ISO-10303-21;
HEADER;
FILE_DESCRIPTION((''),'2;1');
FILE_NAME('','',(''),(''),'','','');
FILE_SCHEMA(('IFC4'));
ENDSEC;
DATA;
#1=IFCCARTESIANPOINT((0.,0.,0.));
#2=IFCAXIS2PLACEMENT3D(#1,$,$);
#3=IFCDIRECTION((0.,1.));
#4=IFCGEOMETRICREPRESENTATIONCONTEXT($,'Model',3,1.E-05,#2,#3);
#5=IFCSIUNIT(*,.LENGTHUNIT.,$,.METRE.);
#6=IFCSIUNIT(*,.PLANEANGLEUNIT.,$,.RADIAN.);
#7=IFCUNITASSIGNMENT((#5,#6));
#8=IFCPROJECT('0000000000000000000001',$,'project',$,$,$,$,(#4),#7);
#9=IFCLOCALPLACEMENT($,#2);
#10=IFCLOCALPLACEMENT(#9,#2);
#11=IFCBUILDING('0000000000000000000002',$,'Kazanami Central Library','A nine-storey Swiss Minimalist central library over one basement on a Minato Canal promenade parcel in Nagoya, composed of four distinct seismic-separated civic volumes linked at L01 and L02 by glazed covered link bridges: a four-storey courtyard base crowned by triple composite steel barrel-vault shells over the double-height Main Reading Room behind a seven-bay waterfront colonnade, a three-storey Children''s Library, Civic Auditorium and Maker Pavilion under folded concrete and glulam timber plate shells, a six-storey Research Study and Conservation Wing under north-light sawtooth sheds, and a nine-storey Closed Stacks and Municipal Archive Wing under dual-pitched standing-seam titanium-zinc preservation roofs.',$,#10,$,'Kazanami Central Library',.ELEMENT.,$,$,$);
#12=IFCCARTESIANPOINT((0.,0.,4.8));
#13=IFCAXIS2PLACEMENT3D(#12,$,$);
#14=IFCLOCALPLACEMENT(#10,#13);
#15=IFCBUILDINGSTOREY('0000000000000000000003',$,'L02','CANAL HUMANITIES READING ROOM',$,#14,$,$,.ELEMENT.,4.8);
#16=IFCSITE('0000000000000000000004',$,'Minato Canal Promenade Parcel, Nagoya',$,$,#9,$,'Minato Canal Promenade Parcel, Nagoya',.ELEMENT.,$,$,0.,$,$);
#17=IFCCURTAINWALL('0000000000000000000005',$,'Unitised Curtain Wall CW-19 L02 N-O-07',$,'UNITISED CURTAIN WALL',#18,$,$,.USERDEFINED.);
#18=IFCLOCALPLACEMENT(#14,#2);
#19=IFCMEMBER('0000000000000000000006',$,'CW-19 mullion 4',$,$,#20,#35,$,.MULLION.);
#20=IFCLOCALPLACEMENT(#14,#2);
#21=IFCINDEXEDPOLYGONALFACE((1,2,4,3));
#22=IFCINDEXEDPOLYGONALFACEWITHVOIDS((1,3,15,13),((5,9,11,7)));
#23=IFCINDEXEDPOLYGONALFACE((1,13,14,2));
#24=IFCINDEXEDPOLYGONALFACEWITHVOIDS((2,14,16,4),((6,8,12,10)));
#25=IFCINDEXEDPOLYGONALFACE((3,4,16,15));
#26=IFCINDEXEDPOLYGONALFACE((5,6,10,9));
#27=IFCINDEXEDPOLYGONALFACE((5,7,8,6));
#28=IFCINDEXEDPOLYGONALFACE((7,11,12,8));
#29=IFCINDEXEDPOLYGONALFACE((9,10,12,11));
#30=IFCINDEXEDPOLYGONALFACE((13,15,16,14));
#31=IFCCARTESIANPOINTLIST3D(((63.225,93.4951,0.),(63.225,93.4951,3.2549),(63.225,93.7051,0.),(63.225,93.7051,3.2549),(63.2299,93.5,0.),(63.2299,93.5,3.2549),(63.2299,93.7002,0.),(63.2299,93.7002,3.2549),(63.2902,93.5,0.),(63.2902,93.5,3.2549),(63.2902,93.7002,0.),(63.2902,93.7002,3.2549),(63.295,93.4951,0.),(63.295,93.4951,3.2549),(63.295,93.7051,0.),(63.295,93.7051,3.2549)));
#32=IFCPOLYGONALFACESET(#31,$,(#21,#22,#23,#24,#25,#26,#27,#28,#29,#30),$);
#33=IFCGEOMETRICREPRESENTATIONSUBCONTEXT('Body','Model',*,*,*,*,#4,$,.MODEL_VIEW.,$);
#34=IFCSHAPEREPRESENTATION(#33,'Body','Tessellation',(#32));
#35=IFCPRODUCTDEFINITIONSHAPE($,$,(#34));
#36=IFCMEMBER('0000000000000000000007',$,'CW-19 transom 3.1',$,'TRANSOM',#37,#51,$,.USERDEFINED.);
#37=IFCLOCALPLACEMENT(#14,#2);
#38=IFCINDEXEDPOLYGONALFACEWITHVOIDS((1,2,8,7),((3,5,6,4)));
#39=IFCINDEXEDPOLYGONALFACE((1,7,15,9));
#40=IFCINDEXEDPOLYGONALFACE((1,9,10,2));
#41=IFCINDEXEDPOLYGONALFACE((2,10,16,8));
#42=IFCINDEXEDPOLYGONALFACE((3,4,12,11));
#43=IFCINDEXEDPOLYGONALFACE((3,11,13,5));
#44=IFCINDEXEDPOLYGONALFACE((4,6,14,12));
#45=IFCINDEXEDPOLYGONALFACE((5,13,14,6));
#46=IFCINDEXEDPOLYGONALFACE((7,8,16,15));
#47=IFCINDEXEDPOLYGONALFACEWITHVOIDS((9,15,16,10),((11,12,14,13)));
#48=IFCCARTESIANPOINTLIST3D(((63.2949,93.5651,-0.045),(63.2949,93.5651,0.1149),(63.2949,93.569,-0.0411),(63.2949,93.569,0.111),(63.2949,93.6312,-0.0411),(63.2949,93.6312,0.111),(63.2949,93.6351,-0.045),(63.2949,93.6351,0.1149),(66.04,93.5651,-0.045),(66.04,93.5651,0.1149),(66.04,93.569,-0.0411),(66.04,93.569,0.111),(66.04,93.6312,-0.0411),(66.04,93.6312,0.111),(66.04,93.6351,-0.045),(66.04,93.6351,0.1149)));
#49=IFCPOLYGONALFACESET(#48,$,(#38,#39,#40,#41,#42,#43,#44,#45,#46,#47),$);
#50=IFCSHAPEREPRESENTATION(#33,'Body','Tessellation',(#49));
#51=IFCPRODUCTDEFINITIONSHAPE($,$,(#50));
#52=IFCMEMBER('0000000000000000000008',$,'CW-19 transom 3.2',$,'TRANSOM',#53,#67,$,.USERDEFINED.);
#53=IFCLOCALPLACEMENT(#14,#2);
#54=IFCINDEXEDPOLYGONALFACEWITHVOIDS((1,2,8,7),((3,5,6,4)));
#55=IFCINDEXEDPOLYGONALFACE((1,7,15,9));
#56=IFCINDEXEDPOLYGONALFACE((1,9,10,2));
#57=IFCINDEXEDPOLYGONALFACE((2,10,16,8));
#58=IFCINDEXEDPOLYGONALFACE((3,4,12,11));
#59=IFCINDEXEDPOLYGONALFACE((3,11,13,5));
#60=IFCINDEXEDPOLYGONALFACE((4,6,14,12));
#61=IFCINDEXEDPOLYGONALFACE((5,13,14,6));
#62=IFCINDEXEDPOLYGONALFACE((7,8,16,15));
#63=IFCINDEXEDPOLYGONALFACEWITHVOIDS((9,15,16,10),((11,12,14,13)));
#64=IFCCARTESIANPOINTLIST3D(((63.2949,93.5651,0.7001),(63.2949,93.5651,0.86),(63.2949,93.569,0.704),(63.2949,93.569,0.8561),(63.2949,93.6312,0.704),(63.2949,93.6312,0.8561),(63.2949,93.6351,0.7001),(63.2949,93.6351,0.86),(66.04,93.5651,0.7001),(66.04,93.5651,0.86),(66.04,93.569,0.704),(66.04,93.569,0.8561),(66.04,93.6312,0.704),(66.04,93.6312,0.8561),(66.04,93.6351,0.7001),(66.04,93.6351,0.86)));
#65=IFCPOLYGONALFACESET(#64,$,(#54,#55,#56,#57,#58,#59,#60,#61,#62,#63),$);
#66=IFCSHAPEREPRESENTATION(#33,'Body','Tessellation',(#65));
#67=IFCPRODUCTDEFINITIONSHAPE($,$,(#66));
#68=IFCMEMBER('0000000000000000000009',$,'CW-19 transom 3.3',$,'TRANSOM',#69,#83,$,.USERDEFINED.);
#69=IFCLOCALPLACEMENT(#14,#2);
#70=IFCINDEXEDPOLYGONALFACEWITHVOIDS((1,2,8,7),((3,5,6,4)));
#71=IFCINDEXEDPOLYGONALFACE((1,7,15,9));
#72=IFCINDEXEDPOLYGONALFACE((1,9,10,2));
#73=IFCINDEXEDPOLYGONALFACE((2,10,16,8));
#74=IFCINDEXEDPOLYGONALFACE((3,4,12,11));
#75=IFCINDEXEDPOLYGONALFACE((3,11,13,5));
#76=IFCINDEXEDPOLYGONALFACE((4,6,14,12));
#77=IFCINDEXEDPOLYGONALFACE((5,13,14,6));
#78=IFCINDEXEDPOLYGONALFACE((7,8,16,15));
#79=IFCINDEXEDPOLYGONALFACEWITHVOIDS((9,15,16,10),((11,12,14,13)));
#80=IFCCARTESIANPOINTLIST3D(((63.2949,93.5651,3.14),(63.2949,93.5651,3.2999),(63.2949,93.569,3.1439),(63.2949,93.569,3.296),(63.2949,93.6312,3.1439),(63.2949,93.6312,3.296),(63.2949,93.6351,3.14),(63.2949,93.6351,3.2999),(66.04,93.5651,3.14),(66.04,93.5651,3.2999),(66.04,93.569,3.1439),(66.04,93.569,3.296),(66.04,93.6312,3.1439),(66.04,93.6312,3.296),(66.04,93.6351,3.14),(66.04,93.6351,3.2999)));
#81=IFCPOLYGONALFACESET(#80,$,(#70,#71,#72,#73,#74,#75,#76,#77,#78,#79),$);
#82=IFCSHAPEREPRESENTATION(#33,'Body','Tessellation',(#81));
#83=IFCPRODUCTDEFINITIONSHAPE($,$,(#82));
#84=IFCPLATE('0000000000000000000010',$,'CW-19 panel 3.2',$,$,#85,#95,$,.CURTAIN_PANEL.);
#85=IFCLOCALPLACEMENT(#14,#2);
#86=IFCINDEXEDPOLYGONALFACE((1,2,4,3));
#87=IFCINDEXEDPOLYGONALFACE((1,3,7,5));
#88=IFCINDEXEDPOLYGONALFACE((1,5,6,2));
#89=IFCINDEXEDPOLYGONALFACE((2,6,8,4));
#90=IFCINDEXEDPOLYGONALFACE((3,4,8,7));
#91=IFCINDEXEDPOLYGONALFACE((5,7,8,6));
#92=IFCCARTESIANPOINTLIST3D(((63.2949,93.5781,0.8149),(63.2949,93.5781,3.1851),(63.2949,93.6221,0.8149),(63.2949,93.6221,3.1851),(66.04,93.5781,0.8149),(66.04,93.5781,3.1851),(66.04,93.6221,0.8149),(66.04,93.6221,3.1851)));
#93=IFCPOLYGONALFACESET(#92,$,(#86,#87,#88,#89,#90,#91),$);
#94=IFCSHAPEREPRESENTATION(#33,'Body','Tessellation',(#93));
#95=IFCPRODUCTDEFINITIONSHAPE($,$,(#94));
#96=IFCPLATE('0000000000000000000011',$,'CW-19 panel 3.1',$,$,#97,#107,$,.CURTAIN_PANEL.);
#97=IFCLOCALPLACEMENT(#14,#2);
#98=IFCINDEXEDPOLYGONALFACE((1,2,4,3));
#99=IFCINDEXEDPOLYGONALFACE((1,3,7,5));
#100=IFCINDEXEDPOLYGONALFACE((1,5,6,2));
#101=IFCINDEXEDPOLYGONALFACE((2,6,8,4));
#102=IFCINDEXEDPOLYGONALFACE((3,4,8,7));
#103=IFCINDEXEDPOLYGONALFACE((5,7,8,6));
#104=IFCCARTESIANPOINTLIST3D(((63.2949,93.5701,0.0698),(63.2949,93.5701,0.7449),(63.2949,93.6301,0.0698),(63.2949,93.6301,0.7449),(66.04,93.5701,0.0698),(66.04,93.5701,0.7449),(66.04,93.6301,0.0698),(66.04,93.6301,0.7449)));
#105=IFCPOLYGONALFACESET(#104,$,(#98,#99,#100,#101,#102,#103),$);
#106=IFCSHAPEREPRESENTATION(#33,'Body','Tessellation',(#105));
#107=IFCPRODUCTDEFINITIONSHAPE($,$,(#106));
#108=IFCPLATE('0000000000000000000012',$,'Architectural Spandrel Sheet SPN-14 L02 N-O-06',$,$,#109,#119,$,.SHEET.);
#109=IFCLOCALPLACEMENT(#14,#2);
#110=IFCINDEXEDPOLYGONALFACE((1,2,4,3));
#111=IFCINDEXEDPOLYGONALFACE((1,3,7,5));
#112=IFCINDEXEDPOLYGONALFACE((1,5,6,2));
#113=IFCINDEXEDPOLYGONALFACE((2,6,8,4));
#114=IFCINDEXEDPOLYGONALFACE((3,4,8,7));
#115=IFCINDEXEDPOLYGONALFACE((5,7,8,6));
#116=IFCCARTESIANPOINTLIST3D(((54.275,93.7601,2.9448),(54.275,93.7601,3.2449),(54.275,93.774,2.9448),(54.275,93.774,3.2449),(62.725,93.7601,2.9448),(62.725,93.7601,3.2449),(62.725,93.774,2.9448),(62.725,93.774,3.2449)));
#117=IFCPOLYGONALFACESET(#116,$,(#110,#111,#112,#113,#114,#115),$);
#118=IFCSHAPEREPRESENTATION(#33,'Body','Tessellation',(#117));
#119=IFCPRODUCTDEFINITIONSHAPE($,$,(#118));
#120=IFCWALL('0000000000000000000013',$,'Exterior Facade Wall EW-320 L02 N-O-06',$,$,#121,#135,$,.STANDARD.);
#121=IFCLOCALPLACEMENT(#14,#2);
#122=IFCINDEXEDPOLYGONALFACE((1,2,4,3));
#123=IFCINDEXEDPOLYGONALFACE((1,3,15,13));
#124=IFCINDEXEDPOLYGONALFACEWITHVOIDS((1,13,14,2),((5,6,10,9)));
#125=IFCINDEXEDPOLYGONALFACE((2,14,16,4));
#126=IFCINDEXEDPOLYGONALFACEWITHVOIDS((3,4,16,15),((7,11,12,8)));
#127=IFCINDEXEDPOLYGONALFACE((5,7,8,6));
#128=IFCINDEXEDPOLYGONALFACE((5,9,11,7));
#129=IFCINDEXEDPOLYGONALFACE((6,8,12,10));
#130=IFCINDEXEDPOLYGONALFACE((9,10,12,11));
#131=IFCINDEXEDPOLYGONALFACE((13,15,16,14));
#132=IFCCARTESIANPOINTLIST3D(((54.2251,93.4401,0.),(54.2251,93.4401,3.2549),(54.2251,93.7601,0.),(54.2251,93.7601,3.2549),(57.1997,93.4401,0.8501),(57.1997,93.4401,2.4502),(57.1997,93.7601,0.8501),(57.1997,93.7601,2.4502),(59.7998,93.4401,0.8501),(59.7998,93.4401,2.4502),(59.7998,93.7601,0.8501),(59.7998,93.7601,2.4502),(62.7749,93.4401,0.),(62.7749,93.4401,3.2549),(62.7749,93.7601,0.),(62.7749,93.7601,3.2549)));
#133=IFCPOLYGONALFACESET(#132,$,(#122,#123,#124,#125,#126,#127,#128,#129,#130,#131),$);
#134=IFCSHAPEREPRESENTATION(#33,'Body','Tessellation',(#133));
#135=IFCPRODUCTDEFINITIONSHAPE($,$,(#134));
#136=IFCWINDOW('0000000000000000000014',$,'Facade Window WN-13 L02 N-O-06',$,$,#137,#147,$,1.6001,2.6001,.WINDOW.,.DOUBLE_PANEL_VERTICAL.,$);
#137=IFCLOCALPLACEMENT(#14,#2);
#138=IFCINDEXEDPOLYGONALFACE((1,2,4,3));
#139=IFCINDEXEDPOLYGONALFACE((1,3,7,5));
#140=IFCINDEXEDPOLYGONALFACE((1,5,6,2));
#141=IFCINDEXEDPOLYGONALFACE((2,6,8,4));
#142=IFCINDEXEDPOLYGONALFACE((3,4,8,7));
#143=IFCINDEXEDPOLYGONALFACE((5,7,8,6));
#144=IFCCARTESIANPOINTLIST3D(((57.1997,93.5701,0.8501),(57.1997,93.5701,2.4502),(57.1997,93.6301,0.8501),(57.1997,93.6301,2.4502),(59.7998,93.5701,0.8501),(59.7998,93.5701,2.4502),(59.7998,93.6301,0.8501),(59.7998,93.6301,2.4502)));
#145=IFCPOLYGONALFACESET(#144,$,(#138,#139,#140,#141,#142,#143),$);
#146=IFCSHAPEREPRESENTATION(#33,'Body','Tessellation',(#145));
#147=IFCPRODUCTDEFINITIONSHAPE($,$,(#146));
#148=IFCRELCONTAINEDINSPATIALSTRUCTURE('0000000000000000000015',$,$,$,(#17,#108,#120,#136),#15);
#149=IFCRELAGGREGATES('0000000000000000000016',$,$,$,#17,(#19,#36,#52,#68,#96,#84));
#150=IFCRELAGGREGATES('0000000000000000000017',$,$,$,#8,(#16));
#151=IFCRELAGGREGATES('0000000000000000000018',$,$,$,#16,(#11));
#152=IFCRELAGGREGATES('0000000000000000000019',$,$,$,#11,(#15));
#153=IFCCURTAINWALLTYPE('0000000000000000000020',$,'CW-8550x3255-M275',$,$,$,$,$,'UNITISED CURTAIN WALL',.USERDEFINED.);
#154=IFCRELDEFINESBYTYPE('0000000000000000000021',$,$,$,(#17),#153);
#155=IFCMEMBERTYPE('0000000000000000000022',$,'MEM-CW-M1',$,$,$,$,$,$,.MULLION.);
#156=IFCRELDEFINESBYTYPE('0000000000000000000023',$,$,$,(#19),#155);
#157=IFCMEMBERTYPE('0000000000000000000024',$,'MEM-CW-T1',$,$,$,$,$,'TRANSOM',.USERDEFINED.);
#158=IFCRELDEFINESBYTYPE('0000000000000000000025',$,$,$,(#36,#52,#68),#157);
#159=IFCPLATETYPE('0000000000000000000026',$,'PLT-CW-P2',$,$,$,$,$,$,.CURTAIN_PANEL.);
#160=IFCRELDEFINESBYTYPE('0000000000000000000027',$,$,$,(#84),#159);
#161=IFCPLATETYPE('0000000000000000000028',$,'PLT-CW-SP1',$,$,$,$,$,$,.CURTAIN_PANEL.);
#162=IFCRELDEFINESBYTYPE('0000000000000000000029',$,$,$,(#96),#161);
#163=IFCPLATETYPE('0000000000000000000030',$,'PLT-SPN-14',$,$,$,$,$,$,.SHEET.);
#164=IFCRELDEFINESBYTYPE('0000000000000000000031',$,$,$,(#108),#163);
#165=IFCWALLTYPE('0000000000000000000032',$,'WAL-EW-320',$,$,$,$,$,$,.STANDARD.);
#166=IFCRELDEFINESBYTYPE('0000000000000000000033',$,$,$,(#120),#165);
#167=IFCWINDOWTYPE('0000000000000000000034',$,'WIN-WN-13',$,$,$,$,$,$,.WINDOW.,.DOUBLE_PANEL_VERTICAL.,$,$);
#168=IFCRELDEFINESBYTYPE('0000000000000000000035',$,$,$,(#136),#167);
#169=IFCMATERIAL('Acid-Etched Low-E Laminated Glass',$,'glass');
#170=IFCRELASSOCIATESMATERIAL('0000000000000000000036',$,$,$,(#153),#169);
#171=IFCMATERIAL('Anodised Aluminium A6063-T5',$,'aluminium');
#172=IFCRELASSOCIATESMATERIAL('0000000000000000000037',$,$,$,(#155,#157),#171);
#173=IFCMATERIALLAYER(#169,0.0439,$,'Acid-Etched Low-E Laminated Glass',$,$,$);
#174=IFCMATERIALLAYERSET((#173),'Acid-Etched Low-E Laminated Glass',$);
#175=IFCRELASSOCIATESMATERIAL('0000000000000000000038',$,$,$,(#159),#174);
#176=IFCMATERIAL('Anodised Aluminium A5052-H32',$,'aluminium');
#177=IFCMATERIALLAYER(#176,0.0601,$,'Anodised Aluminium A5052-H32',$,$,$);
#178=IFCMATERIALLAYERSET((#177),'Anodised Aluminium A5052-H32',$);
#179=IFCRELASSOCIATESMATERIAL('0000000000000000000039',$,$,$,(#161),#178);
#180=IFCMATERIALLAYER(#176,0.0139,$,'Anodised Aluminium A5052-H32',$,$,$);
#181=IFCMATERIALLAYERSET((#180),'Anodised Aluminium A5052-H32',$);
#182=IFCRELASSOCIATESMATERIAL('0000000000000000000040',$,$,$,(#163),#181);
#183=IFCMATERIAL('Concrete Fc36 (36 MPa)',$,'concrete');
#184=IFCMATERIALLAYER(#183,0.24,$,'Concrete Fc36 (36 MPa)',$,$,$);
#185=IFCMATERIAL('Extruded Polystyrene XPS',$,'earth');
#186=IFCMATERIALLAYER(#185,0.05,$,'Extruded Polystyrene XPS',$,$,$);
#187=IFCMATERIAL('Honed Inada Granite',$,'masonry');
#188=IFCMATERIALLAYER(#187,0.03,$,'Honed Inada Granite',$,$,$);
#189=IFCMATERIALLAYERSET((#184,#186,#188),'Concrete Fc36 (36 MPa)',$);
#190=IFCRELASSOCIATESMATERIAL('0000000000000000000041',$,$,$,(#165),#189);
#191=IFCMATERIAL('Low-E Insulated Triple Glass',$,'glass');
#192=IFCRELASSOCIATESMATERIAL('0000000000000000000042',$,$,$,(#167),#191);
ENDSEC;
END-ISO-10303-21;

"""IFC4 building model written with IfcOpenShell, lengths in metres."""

from ifc_helpers import new_model, si_unit, direction, frame, frame_2d, origin, origin_2d, place, context, subcontext, project, spatial, rectangle, hollow_rectangle, extrude, material, layer, layer_set, material_profile, profile_set, type_object, element, fill, aggregate, save


model = new_model("IFC4")

# Units and contexts
model_context = context("Model", 3, precision=1e-05, world=origin(), true_north=direction((0.0, 1.0)))
body_context = subcontext(model_context, "Body", "Model", "MODEL_VIEW")
ifc_project = project(units=[si_unit("LENGTHUNIT", "METRE"), si_unit("PLANEANGLEUNIT", "RADIAN")], contexts=[model_context])

# Site, building, storey
site_placement = place(None, origin())
site = spatial("IfcSite", under=ifc_project, at=site_placement, Name="Minato Canal Promenade Parcel, Nagoya", LongName="Minato Canal Promenade Parcel, Nagoya", CompositionType="ELEMENT", RefElevation=0.0)
building_placement = place(site_placement, origin())
building = spatial("IfcBuilding", under=site, at=building_placement, Name="Kazanami Central Library", Description="A nine-storey Swiss Minimalist central library over one basement on a Minato Canal promenade parcel in Nagoya, composed of four distinct seismic-separated civic volumes linked at L01 and L02 by glazed covered link bridges: a four-storey courtyard base crowned by triple composite steel barrel-vault shells over the double-height Main Reading Room behind a seven-bay waterfront colonnade, a three-storey Children's Library, Civic Auditorium and Maker Pavilion under folded concrete and glulam timber plate shells, a six-storey Research Study and Conservation Wing under north-light sawtooth sheds, and a nine-storey Closed Stacks and Municipal Archive Wing under dual-pitched standing-seam titanium-zinc preservation roofs.", LongName="Kazanami Central Library", CompositionType="ELEMENT")
storey_placement = place(building_placement, frame((0.0, 0.0, 4.8)))
storey = spatial("IfcBuildingStorey", under=building, at=storey_placement, Name="L02", Description="CANAL HUMANITIES READING ROOM", CompositionType="ELEMENT", Elevation=4.8)

# Curtain wall, members, plates
ifc_material_1 = material(Name="Acid-Etched Low-E Laminated Glass", Category="glass")
curtain_wall_type = type_object("IfcCurtainWallType", Name="CW-8550x3255-M275", ElementType="UNITISED CURTAIN WALL", PredefinedType="USERDEFINED", material=ifc_material_1)
curtain_wall_placement = place(storey_placement, origin())
curtain_wall = element("IfcCurtainWall", 1, at=curtain_wall_placement, inside=storey, type_object=curtain_wall_type, Name="Unitised Curtain Wall CW-19 L02 N-O-07", ObjectType="UNITISED CURTAIN WALL", PredefinedType="USERDEFINED")
ifc_material_2 = material(Name="Anodised Aluminium A6063-T5", Category="aluminium")
ifc_material_profile_1 = material_profile(ifc_material_2, hollow_rectangle(XDim=0.0701, YDim=0.21, WallThickness=0.0049, at=origin_2d()), Name="ALU-MULL-70x210x5")
ifc_profile_set_1 = profile_set([ifc_material_profile_1], Name="Anodised Aluminium A6063-T5")
member_type_1 = type_object("IfcMemberType", Name="MEM-CW-M1", PredefinedType="MULLION", material=ifc_profile_set_1)
member_1_placement = place(storey_placement, frame((63.26, 93.6001, 0.0), z_axis=(0.0, 0.0, 1.0), x_axis=(-1.0, 0.0, 0.0)))
member_1 = element("IfcMember", 2, at=member_1_placement, type_object=member_type_1, Name="CW-19 mullion 4", PredefinedType="MULLION", context=body_context, shape_type="SweptSolid", body=[
    extrude(hollow_rectangle(XDim=0.0701, YDim=0.21, WallThickness=0.0049, at=origin_2d()), origin(), (0.0, 0.0, 1.0), 3.2549),
])
ifc_material_profile_2 = material_profile(ifc_material_2, hollow_rectangle(XDim=0.0701, YDim=0.1599, WallThickness=0.0039, at=origin_2d()), Name="ALU-TRAN-70x160x4")
ifc_profile_set_2 = profile_set([ifc_material_profile_2], Name="Anodised Aluminium A6063-T5")
member_type_2 = type_object("IfcMemberType", Name="MEM-CW-T1", ElementType="TRANSOM", PredefinedType="USERDEFINED", material=ifc_profile_set_2)
member_2_placement = place(storey_placement, frame((66.04, 93.6001, 0.0349), z_axis=(-1.0, 0.0, 0.0), x_axis=(0.0, -1.0, 0.0)))
member_2 = element("IfcMember", 3, at=member_2_placement, type_object=member_type_2, Name="CW-19 transom 3.1", ObjectType="TRANSOM", PredefinedType="USERDEFINED", context=body_context, shape_type="SweptSolid", body=[
    extrude(hollow_rectangle(XDim=0.0701, YDim=0.1599, WallThickness=0.0039, at=origin_2d()), origin(), (0.0, 0.0, 1.0), 2.7451),
])
member_3_placement = place(storey_placement, frame((66.04, 93.6001, 0.78), z_axis=(-1.0, 0.0, 0.0), x_axis=(0.0, -1.0, 0.0)))
member_3 = element("IfcMember", 4, at=member_3_placement, type_object=member_type_2, Name="CW-19 transom 3.2", ObjectType="TRANSOM", PredefinedType="USERDEFINED", context=body_context, shape_type="SweptSolid", body=[
    extrude(hollow_rectangle(XDim=0.0701, YDim=0.1599, WallThickness=0.0039, at=origin_2d()), origin(), (0.0, 0.0, 1.0), 2.7451),
])
member_4_placement = place(storey_placement, frame((66.04, 93.6001, 3.22), z_axis=(-1.0, 0.0, 0.0), x_axis=(0.0, -1.0, 0.0)))
member_4 = element("IfcMember", 5, at=member_4_placement, type_object=member_type_2, Name="CW-19 transom 3.3", ObjectType="TRANSOM", PredefinedType="USERDEFINED", context=body_context, shape_type="SweptSolid", body=[
    extrude(hollow_rectangle(XDim=0.0701, YDim=0.1599, WallThickness=0.0039, at=origin_2d()), origin(), (0.0, 0.0, 1.0), 2.7451),
])
ifc_layer_1 = layer(ifc_material_1, 0.0439, Name="Acid-Etched Low-E Laminated Glass")
ifc_layer_set_1 = layer_set([ifc_layer_1], Name="Acid-Etched Low-E Laminated Glass")
plate_type_1 = type_object("IfcPlateType", Name="PLT-CW-P2", PredefinedType="CURTAIN_PANEL", material=ifc_layer_set_1)
plate_1_placement = place(storey_placement, frame((64.6675, 93.6001, 0.8149), z_axis=(0.0, 0.0, 1.0), x_axis=(-1.0, 0.0, 0.0)))
plate_1 = element("IfcPlate", 6, at=plate_1_placement, type_object=plate_type_1, Name="CW-19 panel 3.2", PredefinedType="CURTAIN_PANEL", context=body_context, shape_type="SweptSolid", body=[
    extrude(rectangle(XDim=2.7451, YDim=0.0439, at=origin_2d()), origin(), (0.0, 0.0, 1.0), 2.3701),
])
ifc_material_3 = material(Name="Anodised Aluminium A5052-H32", Category="aluminium")
ifc_layer_2 = layer(ifc_material_3, 0.0601, Name="Anodised Aluminium A5052-H32")
ifc_layer_set_2 = layer_set([ifc_layer_2], Name="Anodised Aluminium A5052-H32")
plate_type_2 = type_object("IfcPlateType", Name="PLT-CW-SP1", PredefinedType="CURTAIN_PANEL", material=ifc_layer_set_2)
plate_2_placement = place(storey_placement, frame((64.6675, 93.6001, 0.0698), z_axis=(0.0, 0.0, 1.0), x_axis=(-1.0, 0.0, 0.0)))
plate_2 = element("IfcPlate", 7, at=plate_2_placement, type_object=plate_type_2, Name="CW-19 panel 3.1", PredefinedType="CURTAIN_PANEL", context=body_context, shape_type="SweptSolid", body=[
    extrude(rectangle(XDim=2.7451, YDim=0.0601, at=origin_2d()), origin(), (0.0, 0.0, 1.0), 0.675),
])
aggregate(curtain_wall, [member_1, member_2, member_3, member_4, plate_2, plate_1])

# Plate
ifc_layer_3 = layer(ifc_material_3, 0.0139, Name="Anodised Aluminium A5052-H32")
ifc_layer_set_3 = layer_set([ifc_layer_3], Name="Anodised Aluminium A5052-H32")
plate_type_3 = type_object("IfcPlateType", Name="PLT-SPN-14", PredefinedType="SHEET", material=ifc_layer_set_3)
plate_3_placement = place(storey_placement, frame((58.5, 93.7671, 2.9448), z_axis=(0.0, 0.0, 1.0), x_axis=(-1.0, 0.0, 0.0)))
element("IfcPlate", 8, at=plate_3_placement, inside=storey, type_object=plate_type_3, Name="Architectural Spandrel Sheet SPN-14 L02 N-O-06", PredefinedType="SHEET", context=body_context, shape_type="SweptSolid", body=[
    extrude(rectangle(XDim=8.45, YDim=0.0139, at=origin_2d()), origin(), (0.0, 0.0, 1.0), 0.3),
])

# Wall, opening, window
ifc_material_4 = material(Name="Concrete Fc36 (36 MPa)", Category="concrete")
ifc_layer_4 = layer(ifc_material_4, 0.24, Name="Concrete Fc36 (36 MPa)")
ifc_material_5 = material(Name="Extruded Polystyrene XPS", Category="earth")
ifc_layer_5 = layer(ifc_material_5, 0.05, Name="Extruded Polystyrene XPS")
ifc_material_6 = material(Name="Honed Inada Granite", Category="masonry")
ifc_layer_6 = layer(ifc_material_6, 0.03, Name="Honed Inada Granite")
ifc_layer_set_4 = layer_set([ifc_layer_4, ifc_layer_5, ifc_layer_6], Name="Concrete Fc36 (36 MPa)")
wall_type_1 = type_object("IfcWallType", Name="WAL-EW-320", PredefinedType="STANDARD", material=ifc_layer_set_4)
wall_1_placement = place(storey_placement, frame((62.7749, 93.6001, 0.0), z_axis=(0.0, 0.0, 1.0), x_axis=(-1.0, 0.0, 0.0)))
wall_1 = element("IfcWall", 9, at=wall_1_placement, inside=storey, type_object=wall_type_1, Name="Exterior Facade Wall EW-320 L02 N-O-06", PredefinedType="STANDARD", context=body_context, shape_type="SweptSolid", body=[
    extrude(rectangle(XDim=8.5498, YDim=0.3201, at=frame_2d((4.2749, 0.0))), origin(), (0.0, 0.0, 1.0), 3.2549),
])
opening_1_placement = place(wall_1_placement, frame((2.9751, 0.0, 0.8501)))
opening_1 = element("IfcOpeningElement", 10, at=opening_1_placement, cuts=wall_1, PredefinedType="OPENING", context=body_context, shape_type="SweptSolid", body=[
    extrude(rectangle(XDim=2.6001, YDim=1.6001, at=frame_2d((1.3, 0.8))), frame((0.0, 0.1719, 0.0), z_axis=(0.0, -1.0, 0.0), x_axis=(1.0, 0.0, 0.0)), (0.0, 0.0, 1.0), 0.344),
])
ifc_material_7 = material(Name="Low-E Insulated Triple Glass", Category="glass")
window_type = type_object("IfcWindowType", Name="WIN-WN-13", PartitioningType="DOUBLE_PANEL_VERTICAL", PredefinedType="WINDOW", material=ifc_material_7)
window_placement = place(opening_1_placement, origin())
window = element("IfcWindow", 11, at=window_placement, inside=storey, type_object=window_type, Name="Facade Window WN-13 L02 N-O-06", OverallHeight=1.6001, OverallWidth=2.6001, PartitioningType="DOUBLE_PANEL_VERTICAL", PredefinedType="WINDOW", context=body_context, shape_type="SweptSolid", body=[
    extrude(rectangle(XDim=2.6001, YDim=1.6001, at=frame_2d((1.3, 0.8))), frame((0.0, 0.03, 0.0), z_axis=(0.0, -1.0, 0.0), x_axis=(1.0, 0.0, 0.0)), (0.0, 0.0, 1.0), 0.0601),
])
fill(opening_1, window)

save(model, "model.ifc")
